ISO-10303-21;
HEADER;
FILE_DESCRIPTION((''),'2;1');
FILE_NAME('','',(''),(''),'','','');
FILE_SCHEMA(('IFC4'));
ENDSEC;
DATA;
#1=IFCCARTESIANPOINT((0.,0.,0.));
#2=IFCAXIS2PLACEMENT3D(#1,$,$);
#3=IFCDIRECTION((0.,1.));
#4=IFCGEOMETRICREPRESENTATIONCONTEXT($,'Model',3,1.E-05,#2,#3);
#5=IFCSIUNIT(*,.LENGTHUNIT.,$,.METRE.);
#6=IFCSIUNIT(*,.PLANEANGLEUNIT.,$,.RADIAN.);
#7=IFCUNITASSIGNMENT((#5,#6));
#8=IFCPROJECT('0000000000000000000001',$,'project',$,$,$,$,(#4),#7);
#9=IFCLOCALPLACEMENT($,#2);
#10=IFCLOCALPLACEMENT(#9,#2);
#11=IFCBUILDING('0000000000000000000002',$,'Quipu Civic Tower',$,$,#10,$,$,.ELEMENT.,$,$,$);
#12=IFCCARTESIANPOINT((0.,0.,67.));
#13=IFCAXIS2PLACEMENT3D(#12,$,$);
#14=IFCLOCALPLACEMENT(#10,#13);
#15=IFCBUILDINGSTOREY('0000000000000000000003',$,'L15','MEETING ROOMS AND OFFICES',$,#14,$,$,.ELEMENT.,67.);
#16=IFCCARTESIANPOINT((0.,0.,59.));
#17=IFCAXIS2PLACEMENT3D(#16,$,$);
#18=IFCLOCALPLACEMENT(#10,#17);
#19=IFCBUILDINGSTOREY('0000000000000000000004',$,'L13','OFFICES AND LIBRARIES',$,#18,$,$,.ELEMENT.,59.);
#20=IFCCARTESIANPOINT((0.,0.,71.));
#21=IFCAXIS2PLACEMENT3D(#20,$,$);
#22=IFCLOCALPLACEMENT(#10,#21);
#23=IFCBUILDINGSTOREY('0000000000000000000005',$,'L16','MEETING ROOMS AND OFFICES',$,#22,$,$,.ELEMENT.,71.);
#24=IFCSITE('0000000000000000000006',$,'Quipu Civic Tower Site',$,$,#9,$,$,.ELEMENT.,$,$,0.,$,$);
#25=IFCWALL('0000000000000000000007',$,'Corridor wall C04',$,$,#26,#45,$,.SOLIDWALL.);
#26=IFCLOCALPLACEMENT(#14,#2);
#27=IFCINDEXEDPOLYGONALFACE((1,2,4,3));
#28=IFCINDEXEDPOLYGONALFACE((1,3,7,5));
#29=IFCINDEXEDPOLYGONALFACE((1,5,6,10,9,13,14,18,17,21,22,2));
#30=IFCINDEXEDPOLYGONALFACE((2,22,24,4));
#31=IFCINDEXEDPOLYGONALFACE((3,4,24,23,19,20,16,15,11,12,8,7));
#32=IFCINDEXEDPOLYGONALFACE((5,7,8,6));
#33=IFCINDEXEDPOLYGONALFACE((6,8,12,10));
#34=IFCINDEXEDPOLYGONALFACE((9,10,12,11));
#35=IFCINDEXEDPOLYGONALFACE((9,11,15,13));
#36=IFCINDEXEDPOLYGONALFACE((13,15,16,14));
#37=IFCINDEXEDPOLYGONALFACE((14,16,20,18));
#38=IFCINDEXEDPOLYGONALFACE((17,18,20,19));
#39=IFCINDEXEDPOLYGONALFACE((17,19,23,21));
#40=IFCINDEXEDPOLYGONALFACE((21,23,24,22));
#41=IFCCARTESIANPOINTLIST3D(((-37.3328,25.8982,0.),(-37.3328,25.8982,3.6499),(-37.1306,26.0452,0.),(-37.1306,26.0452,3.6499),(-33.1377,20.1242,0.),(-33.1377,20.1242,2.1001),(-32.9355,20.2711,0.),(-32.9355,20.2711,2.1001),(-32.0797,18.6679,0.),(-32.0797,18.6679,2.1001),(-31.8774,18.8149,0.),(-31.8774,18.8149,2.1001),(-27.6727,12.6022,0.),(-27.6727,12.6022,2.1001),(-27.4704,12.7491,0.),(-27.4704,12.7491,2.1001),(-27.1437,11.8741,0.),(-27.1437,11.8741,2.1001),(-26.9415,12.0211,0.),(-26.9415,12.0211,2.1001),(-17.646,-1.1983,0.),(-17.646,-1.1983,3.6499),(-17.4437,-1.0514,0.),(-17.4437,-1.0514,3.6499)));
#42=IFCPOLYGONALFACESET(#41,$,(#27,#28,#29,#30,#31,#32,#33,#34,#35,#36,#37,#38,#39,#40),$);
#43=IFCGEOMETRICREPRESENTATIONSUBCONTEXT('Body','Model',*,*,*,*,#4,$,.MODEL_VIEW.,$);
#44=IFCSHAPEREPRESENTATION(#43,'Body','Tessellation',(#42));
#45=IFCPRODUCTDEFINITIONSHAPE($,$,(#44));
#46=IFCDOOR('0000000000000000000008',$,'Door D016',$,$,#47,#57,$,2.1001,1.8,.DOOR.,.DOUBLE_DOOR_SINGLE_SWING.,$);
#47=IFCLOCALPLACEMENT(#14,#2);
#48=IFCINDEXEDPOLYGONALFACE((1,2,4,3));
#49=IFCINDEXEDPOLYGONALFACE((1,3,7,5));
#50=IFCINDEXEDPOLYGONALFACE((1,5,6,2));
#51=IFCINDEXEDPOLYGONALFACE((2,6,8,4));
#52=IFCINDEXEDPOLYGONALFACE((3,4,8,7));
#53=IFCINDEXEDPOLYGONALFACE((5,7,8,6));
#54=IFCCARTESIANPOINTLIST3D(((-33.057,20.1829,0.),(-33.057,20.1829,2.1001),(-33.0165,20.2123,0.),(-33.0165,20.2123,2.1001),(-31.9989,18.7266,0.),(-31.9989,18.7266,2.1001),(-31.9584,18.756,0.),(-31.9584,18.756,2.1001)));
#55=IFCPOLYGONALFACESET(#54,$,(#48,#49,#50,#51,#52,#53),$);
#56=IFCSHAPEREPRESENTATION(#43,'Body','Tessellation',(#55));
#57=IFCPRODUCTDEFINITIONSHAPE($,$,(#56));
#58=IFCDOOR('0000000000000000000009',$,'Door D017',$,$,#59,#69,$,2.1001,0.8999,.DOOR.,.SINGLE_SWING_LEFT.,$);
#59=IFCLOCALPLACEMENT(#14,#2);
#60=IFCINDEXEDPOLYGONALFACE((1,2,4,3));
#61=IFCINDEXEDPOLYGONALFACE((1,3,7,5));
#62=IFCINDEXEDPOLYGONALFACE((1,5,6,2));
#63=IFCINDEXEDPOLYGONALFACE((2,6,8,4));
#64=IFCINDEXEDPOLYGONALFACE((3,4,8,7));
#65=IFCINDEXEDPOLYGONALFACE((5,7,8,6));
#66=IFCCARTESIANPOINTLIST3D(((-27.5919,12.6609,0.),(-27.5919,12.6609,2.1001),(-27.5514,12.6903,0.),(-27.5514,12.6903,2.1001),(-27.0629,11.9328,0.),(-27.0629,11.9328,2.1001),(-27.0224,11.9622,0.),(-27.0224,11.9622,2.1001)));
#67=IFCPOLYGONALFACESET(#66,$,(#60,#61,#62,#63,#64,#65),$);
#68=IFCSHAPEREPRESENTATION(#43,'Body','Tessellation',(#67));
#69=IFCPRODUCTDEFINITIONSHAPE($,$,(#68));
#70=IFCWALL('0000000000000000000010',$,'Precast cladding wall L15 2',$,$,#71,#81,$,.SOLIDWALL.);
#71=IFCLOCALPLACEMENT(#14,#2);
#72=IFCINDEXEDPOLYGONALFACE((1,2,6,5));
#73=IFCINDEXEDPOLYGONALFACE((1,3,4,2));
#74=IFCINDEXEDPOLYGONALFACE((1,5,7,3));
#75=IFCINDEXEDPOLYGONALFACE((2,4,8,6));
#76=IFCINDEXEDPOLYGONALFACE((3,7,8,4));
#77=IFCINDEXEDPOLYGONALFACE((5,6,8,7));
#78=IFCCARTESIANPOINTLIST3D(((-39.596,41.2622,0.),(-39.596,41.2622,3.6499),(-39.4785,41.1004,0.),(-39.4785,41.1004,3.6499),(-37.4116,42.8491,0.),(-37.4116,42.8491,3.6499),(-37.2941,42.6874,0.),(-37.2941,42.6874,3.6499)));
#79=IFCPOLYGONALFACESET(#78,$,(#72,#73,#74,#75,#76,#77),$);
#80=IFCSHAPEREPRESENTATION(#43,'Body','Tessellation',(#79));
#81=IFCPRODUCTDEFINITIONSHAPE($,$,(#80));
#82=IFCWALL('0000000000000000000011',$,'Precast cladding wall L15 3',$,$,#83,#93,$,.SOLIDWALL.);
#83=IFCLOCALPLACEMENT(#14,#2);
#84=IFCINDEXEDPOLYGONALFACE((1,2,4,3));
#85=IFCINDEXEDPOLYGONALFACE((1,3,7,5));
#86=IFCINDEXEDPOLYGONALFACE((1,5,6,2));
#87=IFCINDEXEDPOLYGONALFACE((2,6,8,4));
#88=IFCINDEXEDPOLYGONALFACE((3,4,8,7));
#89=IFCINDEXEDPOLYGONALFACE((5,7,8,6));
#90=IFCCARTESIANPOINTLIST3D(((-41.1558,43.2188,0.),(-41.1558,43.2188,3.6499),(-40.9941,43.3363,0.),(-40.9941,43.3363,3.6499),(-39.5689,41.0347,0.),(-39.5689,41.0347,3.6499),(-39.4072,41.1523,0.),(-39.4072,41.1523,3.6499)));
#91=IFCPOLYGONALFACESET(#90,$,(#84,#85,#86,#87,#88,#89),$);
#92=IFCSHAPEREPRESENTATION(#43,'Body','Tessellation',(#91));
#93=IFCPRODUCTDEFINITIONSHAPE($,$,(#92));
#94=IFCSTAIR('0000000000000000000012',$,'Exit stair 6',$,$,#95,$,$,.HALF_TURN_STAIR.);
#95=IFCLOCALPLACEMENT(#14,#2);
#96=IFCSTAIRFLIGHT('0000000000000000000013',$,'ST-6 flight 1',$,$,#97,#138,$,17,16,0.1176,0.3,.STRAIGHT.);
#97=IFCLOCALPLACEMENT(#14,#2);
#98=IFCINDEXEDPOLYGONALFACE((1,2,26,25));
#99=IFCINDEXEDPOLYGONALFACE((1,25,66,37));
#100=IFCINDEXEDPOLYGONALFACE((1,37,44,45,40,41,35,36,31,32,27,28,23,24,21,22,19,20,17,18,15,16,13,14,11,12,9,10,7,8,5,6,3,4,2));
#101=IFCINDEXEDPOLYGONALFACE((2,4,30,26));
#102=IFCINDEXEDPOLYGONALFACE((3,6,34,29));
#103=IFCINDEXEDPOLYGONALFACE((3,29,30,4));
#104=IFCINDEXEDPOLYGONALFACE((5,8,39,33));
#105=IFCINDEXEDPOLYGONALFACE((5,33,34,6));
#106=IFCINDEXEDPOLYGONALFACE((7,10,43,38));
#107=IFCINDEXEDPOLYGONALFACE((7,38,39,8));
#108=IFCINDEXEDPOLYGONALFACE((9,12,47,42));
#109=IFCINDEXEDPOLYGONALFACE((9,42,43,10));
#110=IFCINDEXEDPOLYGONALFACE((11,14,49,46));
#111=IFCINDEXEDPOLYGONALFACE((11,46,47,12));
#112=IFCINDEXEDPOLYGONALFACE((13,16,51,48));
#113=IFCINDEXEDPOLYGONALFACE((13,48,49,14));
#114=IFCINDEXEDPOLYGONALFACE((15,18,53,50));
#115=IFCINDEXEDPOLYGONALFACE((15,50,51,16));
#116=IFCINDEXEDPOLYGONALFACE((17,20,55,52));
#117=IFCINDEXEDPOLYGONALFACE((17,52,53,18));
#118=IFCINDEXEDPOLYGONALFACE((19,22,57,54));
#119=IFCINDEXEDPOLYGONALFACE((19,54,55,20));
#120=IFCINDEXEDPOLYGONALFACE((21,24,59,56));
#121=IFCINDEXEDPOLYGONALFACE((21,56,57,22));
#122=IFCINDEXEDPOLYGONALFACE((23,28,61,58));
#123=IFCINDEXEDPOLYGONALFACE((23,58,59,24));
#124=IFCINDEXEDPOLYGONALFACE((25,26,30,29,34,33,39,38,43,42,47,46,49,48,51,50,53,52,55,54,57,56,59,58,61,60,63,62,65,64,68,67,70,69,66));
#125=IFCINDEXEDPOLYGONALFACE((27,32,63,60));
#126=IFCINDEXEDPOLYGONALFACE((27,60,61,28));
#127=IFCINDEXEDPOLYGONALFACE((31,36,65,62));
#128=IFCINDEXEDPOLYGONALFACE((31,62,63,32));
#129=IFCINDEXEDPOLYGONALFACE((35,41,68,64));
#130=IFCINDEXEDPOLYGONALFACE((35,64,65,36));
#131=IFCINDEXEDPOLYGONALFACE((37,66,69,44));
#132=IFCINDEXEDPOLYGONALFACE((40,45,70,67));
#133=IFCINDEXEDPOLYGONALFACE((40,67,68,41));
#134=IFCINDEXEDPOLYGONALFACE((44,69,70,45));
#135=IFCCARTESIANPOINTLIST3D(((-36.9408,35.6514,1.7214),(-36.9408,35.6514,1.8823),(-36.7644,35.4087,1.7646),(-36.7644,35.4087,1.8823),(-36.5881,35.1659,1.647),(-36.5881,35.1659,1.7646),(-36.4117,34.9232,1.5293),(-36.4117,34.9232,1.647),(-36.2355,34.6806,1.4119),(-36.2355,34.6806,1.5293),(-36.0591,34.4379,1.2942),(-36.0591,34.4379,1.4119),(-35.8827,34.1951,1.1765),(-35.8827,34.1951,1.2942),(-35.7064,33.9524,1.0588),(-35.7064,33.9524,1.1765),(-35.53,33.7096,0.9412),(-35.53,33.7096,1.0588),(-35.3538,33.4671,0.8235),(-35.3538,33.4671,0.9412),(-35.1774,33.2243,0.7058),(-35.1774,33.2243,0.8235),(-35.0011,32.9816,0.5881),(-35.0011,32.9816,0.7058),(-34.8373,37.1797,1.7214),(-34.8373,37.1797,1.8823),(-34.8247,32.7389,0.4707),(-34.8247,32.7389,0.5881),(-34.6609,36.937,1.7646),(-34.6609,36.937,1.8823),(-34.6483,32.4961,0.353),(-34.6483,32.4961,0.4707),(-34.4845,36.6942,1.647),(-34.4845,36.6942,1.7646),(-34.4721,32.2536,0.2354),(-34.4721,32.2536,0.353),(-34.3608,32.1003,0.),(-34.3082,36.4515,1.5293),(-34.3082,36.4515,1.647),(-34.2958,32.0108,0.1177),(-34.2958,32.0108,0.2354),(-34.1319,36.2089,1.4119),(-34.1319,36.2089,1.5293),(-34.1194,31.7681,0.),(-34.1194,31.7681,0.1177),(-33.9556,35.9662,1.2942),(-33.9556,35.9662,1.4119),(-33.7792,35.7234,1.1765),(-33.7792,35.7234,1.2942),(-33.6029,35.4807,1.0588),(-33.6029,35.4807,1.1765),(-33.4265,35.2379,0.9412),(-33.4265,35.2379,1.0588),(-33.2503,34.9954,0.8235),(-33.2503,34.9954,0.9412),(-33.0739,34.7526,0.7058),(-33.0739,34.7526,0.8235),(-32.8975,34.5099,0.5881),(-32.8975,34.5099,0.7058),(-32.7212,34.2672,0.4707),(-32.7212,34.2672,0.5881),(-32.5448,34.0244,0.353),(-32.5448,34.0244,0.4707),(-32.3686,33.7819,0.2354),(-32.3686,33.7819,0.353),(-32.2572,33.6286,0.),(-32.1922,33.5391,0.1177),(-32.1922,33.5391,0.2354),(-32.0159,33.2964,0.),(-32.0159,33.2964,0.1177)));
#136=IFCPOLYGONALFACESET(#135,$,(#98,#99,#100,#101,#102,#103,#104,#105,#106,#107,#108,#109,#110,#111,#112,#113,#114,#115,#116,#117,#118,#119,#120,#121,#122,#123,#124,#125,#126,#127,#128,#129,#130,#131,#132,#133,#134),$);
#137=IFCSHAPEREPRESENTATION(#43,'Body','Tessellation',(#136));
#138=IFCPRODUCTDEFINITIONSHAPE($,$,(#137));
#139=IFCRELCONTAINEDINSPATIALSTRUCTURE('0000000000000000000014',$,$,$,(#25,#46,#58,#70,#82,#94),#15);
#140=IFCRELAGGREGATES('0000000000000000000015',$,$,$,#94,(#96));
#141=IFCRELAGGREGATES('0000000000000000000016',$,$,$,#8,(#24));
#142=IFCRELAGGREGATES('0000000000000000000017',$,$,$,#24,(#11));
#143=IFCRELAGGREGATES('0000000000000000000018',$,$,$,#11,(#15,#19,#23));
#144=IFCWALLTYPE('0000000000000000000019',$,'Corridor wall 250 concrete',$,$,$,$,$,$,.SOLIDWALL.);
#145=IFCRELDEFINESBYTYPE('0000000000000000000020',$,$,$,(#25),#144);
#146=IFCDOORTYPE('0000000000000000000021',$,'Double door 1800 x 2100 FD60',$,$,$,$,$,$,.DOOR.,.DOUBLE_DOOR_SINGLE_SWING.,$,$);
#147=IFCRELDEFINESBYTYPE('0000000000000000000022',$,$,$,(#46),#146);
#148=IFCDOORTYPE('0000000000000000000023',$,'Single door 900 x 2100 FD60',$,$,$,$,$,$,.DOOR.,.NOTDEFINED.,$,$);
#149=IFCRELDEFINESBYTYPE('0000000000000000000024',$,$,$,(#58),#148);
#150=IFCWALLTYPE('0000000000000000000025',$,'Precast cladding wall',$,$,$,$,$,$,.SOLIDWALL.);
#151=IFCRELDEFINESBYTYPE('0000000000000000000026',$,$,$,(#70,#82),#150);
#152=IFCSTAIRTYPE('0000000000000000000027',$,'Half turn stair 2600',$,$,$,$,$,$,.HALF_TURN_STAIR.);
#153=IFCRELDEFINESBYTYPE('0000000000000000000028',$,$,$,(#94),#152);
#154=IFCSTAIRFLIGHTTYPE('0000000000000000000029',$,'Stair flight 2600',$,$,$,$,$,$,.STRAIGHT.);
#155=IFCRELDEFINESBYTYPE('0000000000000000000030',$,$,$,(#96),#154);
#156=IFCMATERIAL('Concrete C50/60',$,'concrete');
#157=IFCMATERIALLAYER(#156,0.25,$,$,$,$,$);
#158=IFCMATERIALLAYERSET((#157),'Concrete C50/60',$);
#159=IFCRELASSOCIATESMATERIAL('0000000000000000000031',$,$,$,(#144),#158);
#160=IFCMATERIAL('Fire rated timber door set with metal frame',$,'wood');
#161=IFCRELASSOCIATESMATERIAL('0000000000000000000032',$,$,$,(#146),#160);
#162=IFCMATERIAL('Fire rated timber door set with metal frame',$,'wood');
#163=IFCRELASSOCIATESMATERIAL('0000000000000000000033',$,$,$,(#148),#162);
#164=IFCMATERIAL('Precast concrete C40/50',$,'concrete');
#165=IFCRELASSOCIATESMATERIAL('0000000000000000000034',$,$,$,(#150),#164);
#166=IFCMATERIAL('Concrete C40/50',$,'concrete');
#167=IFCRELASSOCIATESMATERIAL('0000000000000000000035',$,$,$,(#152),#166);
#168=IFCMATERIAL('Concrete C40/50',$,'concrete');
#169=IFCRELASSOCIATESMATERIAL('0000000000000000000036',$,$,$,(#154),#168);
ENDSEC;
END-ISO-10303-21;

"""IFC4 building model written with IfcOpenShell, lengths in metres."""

from ifc_helpers import new_model, si_unit, direction, frame, frame_2d, origin, place, context, subcontext, project, spatial, polyline, rectangle, outline, extrude, material, layer, layer_set, type_object, element, fill, aggregate, save


model = new_model("IFC4")

# Units and contexts
model_context = context("Model", 3, precision=1e-05, world=origin(), true_north=direction((0.0, 1.0)))
body_context = subcontext(model_context, "Body", "Model", "MODEL_VIEW")
ifc_project = project(units=[si_unit("LENGTHUNIT", "METRE"), si_unit("PLANEANGLEUNIT", "RADIAN")], contexts=[model_context])

# Site, building, storey
site_placement = place(None, origin())
site = spatial("IfcSite", under=ifc_project, at=site_placement, Name="Quipu Civic Tower Site", CompositionType="ELEMENT", RefElevation=0.0)
building_placement = place(site_placement, origin())
building = spatial("IfcBuilding", under=site, at=building_placement, Name="Quipu Civic Tower", CompositionType="ELEMENT")
storey_1_placement = place(building_placement, frame((0.0, 0.0, 67.0)))
storey_1 = spatial("IfcBuildingStorey", under=building, at=storey_1_placement, Name="L15", Description="MEETING ROOMS AND OFFICES", CompositionType="ELEMENT", Elevation=67.0)

# Shared definitions
storey_2_placement = place(building_placement, frame((0.0, 0.0, 59.0)))
storey_2 = spatial("IfcBuildingStorey", under=building, at=storey_2_placement, Name="L13", Description="OFFICES AND LIBRARIES", CompositionType="ELEMENT", Elevation=59.0)

# Shared definitions
storey_3_placement = place(building_placement, frame((0.0, 0.0, 71.0)))
storey_3 = spatial("IfcBuildingStorey", under=building, at=storey_3_placement, Name="L16", Description="MEETING ROOMS AND OFFICES", CompositionType="ELEMENT", Elevation=71.0)

# Wall, openings, doors
ifc_material_1 = material(Name="Concrete C50/60", Category="concrete")
ifc_layer_1 = layer(ifc_material_1, 0.25)
ifc_layer_set_1 = layer_set([ifc_layer_1], Name="Concrete C50/60")
wall_type_1 = type_object("IfcWallType", Name="Corridor wall 250 concrete", PredefinedType="SOLIDWALL", material=ifc_layer_set_1)
wall_1_placement = place(storey_1_placement, frame((-37.2317, 25.9717, 0.0), z_axis=(0.0, 0.0, 1.0), x_axis=(0.587786, -0.809016, 0.0)))
wall_1 = element("IfcWall", 1, at=wall_1_placement, inside=storey_1, type_object=wall_type_1, Name="Corridor wall C04", PredefinedType="SOLIDWALL", context=body_context, shape_type="SweptSolid", body=[
    extrude(rectangle(XDim=33.4932, YDim=0.25, at=frame_2d((16.7466, 0.0))), origin(), (0.0, 0.0, 1.0), 3.6499),
])
opening_1_placement = place(wall_1_placement, frame((16.4348, 0.0, 0.0)))
opening_1 = element("IfcOpeningElement", 2, at=opening_1_placement, cuts=wall_1, PredefinedType="OPENING", context=body_context, shape_type="SweptSolid", body=[
    extrude(rectangle(XDim=0.8999, YDim=2.1001, at=frame_2d((0.45, 1.05))), frame((0.0, 0.135, 0.0), z_axis=(0.0, -1.0, 0.0), x_axis=(1.0, 0.0, 0.0)), (0.0, 0.0, 1.0), 0.27),
])
opening_2_placement = place(wall_1_placement, frame((7.1372, 0.0, 0.0)))
opening_2 = element("IfcOpeningElement", 3, at=opening_2_placement, cuts=wall_1, PredefinedType="OPENING", context=body_context, shape_type="SweptSolid", body=[
    extrude(rectangle(XDim=1.8, YDim=2.1001, at=frame_2d((0.8999, 1.05))), frame((0.0, 0.135, 0.0), z_axis=(0.0, -1.0, 0.0), x_axis=(1.0, 0.0, 0.0)), (0.0, 0.0, 1.0), 0.27),
])
ifc_material_2 = material(Name="Fire rated timber door set with metal frame", Category="wood")
door_type_1 = type_object("IfcDoorType", Name="Double door 1800 x 2100 FD60", OperationType="DOUBLE_DOOR_SINGLE_SWING", PredefinedType="DOOR", material=ifc_material_2)
door_1_placement = place(opening_2_placement, origin())
door_1 = element("IfcDoor", 4, at=door_1_placement, inside=storey_1, type_object=door_type_1, Name="Door D016", OperationType="DOUBLE_DOOR_SINGLE_SWING", OverallHeight=2.1001, OverallWidth=1.8, PredefinedType="DOOR", context=body_context, shape_type="SweptSolid", body=[
    extrude(rectangle(XDim=1.8, YDim=2.1001, at=frame_2d((0.8999, 1.05))), frame((0.0, 0.0249, 0.0), z_axis=(0.0, -1.0, 0.0), x_axis=(1.0, 0.0, 0.0)), (0.0, 0.0, 1.0), 0.05),
])
fill(opening_2, door_1)
ifc_material_3 = material(Name="Fire rated timber door set with metal frame", Category="wood")
door_type_2 = type_object("IfcDoorType", Name="Single door 900 x 2100 FD60", OperationType="NOTDEFINED", PredefinedType="DOOR", material=ifc_material_3)
door_2_placement = place(opening_1_placement, origin())
door_2 = element("IfcDoor", 5, at=door_2_placement, inside=storey_1, type_object=door_type_2, Name="Door D017", OperationType="SINGLE_SWING_LEFT", OverallHeight=2.1001, OverallWidth=0.8999, PredefinedType="DOOR", context=body_context, shape_type="SweptSolid", body=[
    extrude(rectangle(XDim=0.8999, YDim=2.1001, at=frame_2d((0.45, 1.05))), frame((0.0, 0.0249, 0.0), z_axis=(0.0, -1.0, 0.0), x_axis=(1.0, 0.0, 0.0)), (0.0, 0.0, 1.0), 0.05),
])
fill(opening_1, door_2)

# Walls
ifc_material_4 = material(Name="Precast concrete C40/50", Category="concrete")
wall_type_2 = type_object("IfcWallType", Name="Precast cladding wall", PredefinedType="SOLIDWALL", material=ifc_material_4)
wall_2_placement = place(storey_1_placement, frame((-37.3528, 42.7683, 0.0), z_axis=(0.0, 0.0, 1.0), x_axis=(-0.809033, -0.587763, 0.0)))
element("IfcWall", 6, at=wall_2_placement, inside=storey_1, type_object=wall_type_2, Name="Precast cladding wall L15 2", PredefinedType="SOLIDWALL", context=body_context, shape_type="SweptSolid", body=[
    extrude(rectangle(XDim=2.7, YDim=0.2, at=frame_2d((1.3501, 0.0))), origin(), (0.0, 0.0, 1.0), 3.6499),
])
wall_3_placement = place(storey_1_placement, frame((-39.488, 41.0935, 0.0), z_axis=(0.0, 0.0, 1.0), x_axis=(-0.587806, 0.809002, 0.0)))
element("IfcWall", 7, at=wall_3_placement, inside=storey_1, type_object=wall_type_2, Name="Precast cladding wall L15 3", PredefinedType="SOLIDWALL", context=body_context, shape_type="SweptSolid", body=[
    extrude(rectangle(XDim=2.6997, YDim=0.2, at=frame_2d((1.3499, 0.0))), origin(), (0.0, 0.0, 1.0), 3.6499),
])

# Stair, stair flight
ifc_material_5 = material(Name="Concrete C40/50", Category="concrete")
stair_type = type_object("IfcStairType", Name="Half turn stair 2600", PredefinedType="HALF_TURN_STAIR", material=ifc_material_5)
stair_placement = place(storey_1_placement, origin())
stair = element("IfcStair", 8, at=stair_placement, inside=storey_1, type_object=stair_type, Name="Exit stair 6", PredefinedType="HALF_TURN_STAIR")
ifc_material_6 = material(Name="Concrete C40/50", Category="concrete")
stair_flight_type = type_object("IfcStairFlightType", Name="Stair flight 2600", PredefinedType="STRAIGHT", material=ifc_material_6)
stair_flight_1_placement = place(storey_1_placement, frame((-33.0676, 32.5322, 0.0), z_axis=(0.0, 0.0, 1.0), x_axis=(-0.587785, 0.809017, 0.0)))
stair_flight_1 = element("IfcStairFlight", 9, at=stair_flight_1_placement, type_object=stair_flight_type, Name="ST-6 flight 1", NumberOfRisers=17, NumberOfTreads=16, PredefinedType="STRAIGHT", RiserHeight=0.1176, TreadLength=0.3, context=body_context, shape_type="SweptSolid", body=[
    extrude(outline(polyline([(0.0, 0.0), (0.0, 0.1177), (0.3, 0.1177), (0.3, 0.2354), (0.6001, 0.2354), (0.6001, 0.353), (0.8999, 0.353), (0.8999, 0.4707), (1.2, 0.4707), (1.2, 0.5881), (1.5, 0.5881), (1.5, 0.7058), (1.8, 0.7058), (1.8, 0.8235), (2.1001, 0.8235), (2.1001, 0.9412), (2.3999, 0.9412), (2.3999, 1.0588), (2.7, 1.0588), (2.7, 1.1765), (3.0, 1.1765), (3.0, 1.2942), (3.3, 1.2942), (3.3, 1.4119), (3.6001, 1.4119), (3.6001, 1.5293), (3.8999, 1.5293), (3.8999, 1.647), (4.2, 1.647), (4.2, 1.7646), (4.5, 1.7646), (4.5, 1.8823), (4.8, 1.8823), (4.8, 2.0), (4.8, 1.7214), (0.4106, 0.0), (0.0, 0.0)])), frame((0.0, 1.3, 0.0), z_axis=(0.0, -1.0, 0.0), x_axis=(1.0, 0.0, 0.0)), (0.0, 0.0, 1.0), 2.6001),
])
aggregate(stair, [stair_flight_1])

save(model, "model.ifc")
